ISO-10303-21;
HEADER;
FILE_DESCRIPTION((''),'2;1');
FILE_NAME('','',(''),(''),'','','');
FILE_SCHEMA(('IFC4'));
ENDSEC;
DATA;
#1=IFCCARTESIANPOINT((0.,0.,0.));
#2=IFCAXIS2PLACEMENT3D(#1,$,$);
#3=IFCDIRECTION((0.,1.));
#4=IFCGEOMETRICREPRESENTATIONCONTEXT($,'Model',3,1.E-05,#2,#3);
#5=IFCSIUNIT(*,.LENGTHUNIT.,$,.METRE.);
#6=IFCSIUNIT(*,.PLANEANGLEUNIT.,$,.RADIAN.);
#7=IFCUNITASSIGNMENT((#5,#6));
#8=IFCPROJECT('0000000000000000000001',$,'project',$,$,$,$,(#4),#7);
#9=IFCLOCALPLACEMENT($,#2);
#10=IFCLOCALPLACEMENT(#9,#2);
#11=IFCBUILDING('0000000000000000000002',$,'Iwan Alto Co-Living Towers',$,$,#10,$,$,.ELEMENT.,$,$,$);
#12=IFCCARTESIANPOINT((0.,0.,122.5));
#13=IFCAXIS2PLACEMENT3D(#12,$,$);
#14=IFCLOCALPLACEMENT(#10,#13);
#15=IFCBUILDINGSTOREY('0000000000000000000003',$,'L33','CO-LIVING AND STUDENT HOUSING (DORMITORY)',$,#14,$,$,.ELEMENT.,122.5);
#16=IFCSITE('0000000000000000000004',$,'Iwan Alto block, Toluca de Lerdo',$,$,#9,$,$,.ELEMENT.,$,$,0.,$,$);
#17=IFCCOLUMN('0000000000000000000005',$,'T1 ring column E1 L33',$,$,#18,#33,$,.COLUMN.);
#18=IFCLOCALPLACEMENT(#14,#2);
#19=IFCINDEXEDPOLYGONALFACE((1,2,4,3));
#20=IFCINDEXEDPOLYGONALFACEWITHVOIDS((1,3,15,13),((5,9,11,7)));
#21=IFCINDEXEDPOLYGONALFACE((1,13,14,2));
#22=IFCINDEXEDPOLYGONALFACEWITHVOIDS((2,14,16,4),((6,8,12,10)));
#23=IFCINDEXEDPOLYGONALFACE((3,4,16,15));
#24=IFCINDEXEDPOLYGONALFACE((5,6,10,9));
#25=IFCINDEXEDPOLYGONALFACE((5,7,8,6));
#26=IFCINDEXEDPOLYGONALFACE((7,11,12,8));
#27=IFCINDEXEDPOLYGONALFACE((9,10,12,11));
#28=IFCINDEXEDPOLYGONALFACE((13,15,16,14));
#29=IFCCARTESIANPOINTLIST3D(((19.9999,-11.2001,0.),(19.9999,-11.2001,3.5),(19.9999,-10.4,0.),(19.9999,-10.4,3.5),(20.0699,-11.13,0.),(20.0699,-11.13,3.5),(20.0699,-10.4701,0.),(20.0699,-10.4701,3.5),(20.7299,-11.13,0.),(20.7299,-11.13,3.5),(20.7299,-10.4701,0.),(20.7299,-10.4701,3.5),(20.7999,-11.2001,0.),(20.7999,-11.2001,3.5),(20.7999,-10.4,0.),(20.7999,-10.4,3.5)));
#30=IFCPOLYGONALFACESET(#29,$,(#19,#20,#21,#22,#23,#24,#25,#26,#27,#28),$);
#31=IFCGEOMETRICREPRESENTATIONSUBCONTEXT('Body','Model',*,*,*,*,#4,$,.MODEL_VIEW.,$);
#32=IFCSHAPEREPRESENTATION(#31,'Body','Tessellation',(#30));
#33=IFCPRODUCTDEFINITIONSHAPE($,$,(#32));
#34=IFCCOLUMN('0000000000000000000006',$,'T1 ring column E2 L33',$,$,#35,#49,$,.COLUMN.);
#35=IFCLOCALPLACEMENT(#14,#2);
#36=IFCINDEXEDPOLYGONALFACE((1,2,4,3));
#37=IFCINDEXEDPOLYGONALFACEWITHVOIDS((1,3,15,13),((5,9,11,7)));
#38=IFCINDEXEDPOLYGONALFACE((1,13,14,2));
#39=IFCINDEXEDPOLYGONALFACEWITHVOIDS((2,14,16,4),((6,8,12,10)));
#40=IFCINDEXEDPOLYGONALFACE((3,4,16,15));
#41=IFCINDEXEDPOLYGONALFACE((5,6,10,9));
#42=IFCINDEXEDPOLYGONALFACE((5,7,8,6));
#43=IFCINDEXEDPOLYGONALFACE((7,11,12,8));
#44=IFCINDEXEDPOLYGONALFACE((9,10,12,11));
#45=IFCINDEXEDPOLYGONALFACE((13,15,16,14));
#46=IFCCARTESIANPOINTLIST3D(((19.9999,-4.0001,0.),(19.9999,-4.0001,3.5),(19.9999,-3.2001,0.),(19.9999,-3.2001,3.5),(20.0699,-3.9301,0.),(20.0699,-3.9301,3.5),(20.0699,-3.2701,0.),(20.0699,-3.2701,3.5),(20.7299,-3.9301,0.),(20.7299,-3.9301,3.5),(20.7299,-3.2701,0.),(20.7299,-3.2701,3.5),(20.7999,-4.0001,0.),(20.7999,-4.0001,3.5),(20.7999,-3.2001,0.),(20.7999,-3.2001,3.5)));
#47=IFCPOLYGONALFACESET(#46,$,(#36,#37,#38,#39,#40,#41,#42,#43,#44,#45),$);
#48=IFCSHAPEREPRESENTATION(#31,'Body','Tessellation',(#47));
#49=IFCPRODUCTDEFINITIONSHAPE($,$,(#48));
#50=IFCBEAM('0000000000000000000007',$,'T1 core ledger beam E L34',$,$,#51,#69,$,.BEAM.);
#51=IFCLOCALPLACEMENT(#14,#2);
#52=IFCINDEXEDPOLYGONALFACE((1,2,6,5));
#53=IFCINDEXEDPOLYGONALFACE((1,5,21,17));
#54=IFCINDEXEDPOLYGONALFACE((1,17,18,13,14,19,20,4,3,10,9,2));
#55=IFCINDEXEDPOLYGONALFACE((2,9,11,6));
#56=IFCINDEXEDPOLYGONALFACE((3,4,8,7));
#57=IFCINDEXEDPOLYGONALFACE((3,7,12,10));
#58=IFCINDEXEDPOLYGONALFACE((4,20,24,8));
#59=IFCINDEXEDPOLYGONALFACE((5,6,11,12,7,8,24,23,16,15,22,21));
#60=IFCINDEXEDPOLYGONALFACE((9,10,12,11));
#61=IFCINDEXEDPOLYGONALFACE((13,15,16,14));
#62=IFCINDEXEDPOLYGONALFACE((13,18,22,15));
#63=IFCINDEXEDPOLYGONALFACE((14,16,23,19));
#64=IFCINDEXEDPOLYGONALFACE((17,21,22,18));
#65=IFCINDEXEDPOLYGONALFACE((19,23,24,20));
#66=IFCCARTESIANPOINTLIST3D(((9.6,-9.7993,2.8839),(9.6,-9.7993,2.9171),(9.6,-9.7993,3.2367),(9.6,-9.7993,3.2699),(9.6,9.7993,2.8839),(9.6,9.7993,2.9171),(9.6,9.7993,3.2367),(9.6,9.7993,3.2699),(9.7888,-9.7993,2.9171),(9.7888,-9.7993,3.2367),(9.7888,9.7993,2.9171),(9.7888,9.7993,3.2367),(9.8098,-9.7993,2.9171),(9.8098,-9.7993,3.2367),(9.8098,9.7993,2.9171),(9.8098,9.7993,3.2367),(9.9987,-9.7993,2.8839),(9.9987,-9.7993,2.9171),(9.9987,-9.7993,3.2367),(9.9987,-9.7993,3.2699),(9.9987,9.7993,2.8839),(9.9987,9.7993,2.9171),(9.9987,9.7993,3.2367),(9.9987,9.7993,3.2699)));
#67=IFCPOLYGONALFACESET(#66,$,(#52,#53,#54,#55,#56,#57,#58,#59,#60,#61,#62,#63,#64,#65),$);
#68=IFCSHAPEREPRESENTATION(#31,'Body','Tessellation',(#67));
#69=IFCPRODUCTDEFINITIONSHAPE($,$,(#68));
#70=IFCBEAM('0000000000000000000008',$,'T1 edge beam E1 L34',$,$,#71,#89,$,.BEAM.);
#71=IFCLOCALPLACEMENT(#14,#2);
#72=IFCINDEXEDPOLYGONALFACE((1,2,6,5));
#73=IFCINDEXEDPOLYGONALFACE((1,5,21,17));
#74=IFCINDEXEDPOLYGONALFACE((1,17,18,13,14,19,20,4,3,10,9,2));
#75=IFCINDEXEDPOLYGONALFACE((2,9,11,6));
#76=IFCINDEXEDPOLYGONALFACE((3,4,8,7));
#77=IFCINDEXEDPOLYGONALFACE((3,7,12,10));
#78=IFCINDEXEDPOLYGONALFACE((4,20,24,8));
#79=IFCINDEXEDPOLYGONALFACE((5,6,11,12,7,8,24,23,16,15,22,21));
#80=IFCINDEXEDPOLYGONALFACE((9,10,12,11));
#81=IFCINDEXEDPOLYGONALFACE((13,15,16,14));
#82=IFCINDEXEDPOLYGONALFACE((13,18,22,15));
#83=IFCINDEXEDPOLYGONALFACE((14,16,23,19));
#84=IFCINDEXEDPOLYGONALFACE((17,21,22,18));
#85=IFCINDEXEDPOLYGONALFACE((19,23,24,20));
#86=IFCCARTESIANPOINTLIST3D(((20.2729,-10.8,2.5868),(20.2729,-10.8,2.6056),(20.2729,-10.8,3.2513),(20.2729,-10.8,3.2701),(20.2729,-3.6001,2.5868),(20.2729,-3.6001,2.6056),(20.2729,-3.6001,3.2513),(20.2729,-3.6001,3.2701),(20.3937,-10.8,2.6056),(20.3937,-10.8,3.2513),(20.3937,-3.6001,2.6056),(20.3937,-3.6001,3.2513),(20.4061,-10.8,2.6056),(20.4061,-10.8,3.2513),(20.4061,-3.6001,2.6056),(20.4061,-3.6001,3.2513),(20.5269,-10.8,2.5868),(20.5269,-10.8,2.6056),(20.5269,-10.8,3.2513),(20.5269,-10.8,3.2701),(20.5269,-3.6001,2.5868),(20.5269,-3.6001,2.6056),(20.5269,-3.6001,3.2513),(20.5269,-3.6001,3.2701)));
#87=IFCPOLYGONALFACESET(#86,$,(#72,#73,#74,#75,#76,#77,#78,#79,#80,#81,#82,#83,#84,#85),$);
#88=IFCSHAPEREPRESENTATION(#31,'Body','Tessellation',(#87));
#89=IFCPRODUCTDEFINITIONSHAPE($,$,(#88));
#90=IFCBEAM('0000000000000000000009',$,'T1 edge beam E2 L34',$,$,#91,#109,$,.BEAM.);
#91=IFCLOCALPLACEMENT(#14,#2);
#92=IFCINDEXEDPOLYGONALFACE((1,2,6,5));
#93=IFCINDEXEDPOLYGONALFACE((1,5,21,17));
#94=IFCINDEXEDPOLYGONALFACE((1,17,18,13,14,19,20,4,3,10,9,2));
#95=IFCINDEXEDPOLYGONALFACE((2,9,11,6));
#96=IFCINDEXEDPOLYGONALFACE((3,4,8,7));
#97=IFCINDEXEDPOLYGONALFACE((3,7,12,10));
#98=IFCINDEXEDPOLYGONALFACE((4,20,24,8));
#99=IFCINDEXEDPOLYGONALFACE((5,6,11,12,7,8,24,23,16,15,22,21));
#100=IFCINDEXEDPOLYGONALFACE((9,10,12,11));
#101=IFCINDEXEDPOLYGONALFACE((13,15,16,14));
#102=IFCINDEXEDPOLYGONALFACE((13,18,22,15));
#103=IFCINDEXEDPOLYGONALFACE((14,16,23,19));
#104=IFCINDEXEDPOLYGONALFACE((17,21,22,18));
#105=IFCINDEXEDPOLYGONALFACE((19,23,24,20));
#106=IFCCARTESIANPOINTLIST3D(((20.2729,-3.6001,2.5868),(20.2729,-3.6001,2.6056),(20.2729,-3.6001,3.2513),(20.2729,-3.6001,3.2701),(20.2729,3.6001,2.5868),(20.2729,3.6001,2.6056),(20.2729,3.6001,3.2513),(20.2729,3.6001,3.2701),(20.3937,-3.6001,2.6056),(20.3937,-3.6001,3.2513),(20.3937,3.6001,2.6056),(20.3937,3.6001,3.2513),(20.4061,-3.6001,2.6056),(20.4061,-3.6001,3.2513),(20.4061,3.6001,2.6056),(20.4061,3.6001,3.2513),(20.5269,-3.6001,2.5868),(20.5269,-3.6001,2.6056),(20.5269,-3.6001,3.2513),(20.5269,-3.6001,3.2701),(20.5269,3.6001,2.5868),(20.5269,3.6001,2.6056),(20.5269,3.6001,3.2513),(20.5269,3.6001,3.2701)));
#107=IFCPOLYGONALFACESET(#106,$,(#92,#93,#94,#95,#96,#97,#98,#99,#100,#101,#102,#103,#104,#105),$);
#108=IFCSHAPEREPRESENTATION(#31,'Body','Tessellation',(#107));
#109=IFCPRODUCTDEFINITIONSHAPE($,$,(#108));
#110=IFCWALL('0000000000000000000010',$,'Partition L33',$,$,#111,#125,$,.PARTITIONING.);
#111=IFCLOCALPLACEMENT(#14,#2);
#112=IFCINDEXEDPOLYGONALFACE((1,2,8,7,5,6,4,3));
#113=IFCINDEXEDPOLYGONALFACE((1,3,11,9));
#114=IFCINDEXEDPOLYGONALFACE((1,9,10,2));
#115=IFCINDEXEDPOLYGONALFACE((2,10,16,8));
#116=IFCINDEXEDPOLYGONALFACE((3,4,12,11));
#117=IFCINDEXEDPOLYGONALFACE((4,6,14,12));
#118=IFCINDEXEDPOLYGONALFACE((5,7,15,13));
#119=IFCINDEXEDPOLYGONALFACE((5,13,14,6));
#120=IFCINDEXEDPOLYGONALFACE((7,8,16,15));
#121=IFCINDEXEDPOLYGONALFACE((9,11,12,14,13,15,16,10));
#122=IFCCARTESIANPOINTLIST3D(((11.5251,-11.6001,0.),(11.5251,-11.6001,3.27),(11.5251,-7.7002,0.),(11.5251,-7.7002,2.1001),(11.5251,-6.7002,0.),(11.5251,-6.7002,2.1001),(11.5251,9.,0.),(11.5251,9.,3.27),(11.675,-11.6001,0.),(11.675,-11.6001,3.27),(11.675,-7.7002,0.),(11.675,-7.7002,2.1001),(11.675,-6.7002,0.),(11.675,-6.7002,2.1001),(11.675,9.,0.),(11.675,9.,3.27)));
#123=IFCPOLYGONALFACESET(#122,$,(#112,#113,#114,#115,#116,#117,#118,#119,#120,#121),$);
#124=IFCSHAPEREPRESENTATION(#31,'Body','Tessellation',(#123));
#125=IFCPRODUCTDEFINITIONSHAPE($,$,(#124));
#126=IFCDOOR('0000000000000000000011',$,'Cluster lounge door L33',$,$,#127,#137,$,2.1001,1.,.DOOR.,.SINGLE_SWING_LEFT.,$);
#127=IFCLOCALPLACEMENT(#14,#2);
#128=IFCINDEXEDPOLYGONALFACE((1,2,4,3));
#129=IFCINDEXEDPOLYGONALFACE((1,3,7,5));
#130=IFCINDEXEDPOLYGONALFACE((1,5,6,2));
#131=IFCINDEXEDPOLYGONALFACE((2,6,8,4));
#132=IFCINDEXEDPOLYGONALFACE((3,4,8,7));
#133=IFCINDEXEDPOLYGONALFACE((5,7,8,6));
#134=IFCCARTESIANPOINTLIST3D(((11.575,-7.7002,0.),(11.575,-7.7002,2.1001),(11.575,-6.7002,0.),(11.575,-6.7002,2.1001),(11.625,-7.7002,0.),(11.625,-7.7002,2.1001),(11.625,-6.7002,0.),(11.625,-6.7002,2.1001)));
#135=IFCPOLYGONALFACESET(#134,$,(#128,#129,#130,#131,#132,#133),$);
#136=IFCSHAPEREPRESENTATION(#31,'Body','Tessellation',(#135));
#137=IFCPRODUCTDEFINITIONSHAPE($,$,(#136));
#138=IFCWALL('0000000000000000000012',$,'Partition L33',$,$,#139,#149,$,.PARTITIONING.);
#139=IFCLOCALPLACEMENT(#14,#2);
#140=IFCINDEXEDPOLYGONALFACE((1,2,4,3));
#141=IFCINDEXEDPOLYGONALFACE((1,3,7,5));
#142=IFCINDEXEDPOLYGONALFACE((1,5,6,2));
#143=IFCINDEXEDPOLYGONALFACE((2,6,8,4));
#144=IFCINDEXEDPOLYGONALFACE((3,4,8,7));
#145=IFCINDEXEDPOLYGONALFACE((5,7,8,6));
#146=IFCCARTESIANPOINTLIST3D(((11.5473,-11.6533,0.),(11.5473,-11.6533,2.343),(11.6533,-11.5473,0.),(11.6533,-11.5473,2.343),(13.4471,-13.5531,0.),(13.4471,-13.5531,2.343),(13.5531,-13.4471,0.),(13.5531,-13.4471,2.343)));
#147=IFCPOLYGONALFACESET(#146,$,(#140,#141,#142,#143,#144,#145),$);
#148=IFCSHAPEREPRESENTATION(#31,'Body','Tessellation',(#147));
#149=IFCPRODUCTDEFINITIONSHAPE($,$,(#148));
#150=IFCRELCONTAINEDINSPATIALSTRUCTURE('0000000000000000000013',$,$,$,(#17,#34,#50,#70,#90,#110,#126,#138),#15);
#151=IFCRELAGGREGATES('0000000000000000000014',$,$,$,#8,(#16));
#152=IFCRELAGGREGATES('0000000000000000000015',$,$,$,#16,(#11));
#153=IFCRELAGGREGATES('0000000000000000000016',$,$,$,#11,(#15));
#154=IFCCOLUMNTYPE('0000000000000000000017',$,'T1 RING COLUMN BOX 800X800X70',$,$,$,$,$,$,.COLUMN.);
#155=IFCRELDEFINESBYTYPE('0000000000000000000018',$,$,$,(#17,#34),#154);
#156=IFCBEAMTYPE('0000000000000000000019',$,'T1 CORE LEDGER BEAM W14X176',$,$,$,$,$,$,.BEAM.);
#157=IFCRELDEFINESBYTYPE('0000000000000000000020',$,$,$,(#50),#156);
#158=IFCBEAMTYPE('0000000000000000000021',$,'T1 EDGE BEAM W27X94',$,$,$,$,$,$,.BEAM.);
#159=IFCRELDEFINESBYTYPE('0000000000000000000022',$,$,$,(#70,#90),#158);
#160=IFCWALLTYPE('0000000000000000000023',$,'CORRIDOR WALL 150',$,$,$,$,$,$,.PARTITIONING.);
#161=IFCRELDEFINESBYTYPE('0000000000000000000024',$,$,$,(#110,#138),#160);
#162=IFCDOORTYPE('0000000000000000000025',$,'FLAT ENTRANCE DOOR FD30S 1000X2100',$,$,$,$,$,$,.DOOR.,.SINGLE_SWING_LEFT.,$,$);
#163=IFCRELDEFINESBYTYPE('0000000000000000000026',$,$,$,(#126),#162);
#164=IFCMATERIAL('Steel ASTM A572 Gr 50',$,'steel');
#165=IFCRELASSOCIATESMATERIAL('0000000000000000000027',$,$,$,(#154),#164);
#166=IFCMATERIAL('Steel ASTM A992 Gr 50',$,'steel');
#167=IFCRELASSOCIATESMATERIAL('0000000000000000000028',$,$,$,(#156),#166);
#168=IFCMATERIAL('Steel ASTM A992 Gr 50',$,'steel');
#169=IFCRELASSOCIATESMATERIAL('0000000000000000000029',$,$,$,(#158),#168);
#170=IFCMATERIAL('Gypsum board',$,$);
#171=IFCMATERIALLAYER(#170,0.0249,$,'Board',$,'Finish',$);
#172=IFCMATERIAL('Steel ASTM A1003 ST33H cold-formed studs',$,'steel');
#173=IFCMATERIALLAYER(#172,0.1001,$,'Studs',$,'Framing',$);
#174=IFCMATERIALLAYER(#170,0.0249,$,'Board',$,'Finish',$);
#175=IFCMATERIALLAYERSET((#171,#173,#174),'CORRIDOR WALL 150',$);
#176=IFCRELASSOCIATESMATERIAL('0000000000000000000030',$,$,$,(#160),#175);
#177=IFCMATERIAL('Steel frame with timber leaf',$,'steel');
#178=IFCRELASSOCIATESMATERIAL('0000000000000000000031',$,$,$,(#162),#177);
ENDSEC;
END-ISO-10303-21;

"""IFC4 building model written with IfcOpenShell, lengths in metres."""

from ifc_helpers import new_model, si_unit, direction, frame, frame_2d, origin, origin_2d, place, context, subcontext, project, spatial, rectangle, hollow_rectangle, i_section, extrude, material, layer, layer_set, material_profile, profile_set, type_object, element, fill, save


model = new_model("IFC4")

# Units and contexts
model_context = context("Model", 3, precision=1e-05, world=origin(), true_north=direction((0.0, 1.0)))
body_context = subcontext(model_context, "Body", "Model", "MODEL_VIEW")
ifc_project = project(units=[si_unit("LENGTHUNIT", "METRE"), si_unit("PLANEANGLEUNIT", "RADIAN")], contexts=[model_context])

# Site, building, storey
site_placement = place(None, origin())
site = spatial("IfcSite", under=ifc_project, at=site_placement, Name="Iwan Alto block, Toluca de Lerdo", CompositionType="ELEMENT", RefElevation=0.0)
building_placement = place(site_placement, origin())
building = spatial("IfcBuilding", under=site, at=building_placement, Name="Iwan Alto Co-Living Towers", CompositionType="ELEMENT")
storey_placement = place(building_placement, frame((0.0, 0.0, 122.5)))
storey = spatial("IfcBuildingStorey", under=building, at=storey_placement, Name="L33", Description="CO-LIVING AND STUDENT HOUSING (DORMITORY)", CompositionType="ELEMENT", Elevation=122.5)

# Columns
ifc_material_1 = material(Name="Steel ASTM A572 Gr 50", Category="steel")
ifc_material_profile_1 = material_profile(ifc_material_1, hollow_rectangle(XDim=0.8, YDim=0.8, WallThickness=0.0701, at=origin_2d()), Name="BOX 800X800X70")
ifc_profile_set_1 = profile_set([ifc_material_profile_1], Name="Steel ASTM A572 Gr 50")
column_type = type_object("IfcColumnType", Name="T1 RING COLUMN BOX 800X800X70", PredefinedType="COLUMN", material=ifc_profile_set_1)
for number, where, z_axis, x_axis, name in (
    (1, (20.3999, -10.8, 0.0), (0.0, 0.0, 1.0), (1.0, 0.0, 0.0), "T1 ring column E1 L33"),
    (2, (20.3999, -3.6001, 0.0), (0.0, 0.0, 1.0), (1.0, 0.0, 0.0), "T1 ring column E2 L33"),
):
    element("IfcColumn", number, at=place(storey_placement, frame(where, z_axis=z_axis, x_axis=x_axis)), inside=storey, type_object=column_type, Name=name, PredefinedType="COLUMN", context=body_context, shape_type="SweptSolid", body=[
        extrude(hollow_rectangle(XDim=0.8, YDim=0.8, WallThickness=0.0701, at=origin_2d()), origin(), (0.0, 0.0, 1.0), 3.5),
    ])

# Beams
ifc_material_2 = material(Name="Steel ASTM A992 Gr 50", Category="steel")
ifc_material_profile_2 = material_profile(ifc_material_2, i_section(OverallWidth=0.3987, OverallDepth=0.386, WebThickness=0.021, FlangeThickness=0.0332, at=origin_2d()), Name="W14X176")
ifc_profile_set_2 = profile_set([ifc_material_profile_2], Name="Steel ASTM A992 Gr 50")
beam_type_1 = type_object("IfcBeamType", Name="T1 CORE LEDGER BEAM W14X176", PredefinedType="BEAM", material=ifc_profile_set_2)
beam_1_placement = place(storey_placement, frame((9.7993, -9.7993, 3.0769), z_axis=(0.0, 1.0, 0.0), x_axis=(-1.0, 0.0, 0.0)))
element("IfcBeam", 3, at=beam_1_placement, inside=storey, type_object=beam_type_1, Name="T1 core ledger beam E L34", PredefinedType="BEAM", context=body_context, shape_type="SweptSolid", body=[
    extrude(i_section(OverallWidth=0.3987, OverallDepth=0.386, WebThickness=0.021, FlangeThickness=0.0332, at=origin_2d()), origin(), (0.0, 0.0, 1.0), 19.5986),
])
ifc_material_3 = material(Name="Steel ASTM A992 Gr 50", Category="steel")
ifc_material_profile_3 = material_profile(ifc_material_3, i_section(OverallWidth=0.2539, OverallDepth=0.6833, WebThickness=0.0125, FlangeThickness=0.0188, at=origin_2d()), Name="W27X94")
ifc_profile_set_3 = profile_set([ifc_material_profile_3], Name="Steel ASTM A992 Gr 50")
beam_type_2 = type_object("IfcBeamType", Name="T1 EDGE BEAM W27X94", PredefinedType="BEAM", material=ifc_profile_set_3)
beam_2_placement = place(storey_placement, frame((20.3999, -10.8, 2.9285), z_axis=(0.0, 1.0, 0.0), x_axis=(-1.0, 0.0, 0.0)))
element("IfcBeam", 4, at=beam_2_placement, inside=storey, type_object=beam_type_2, Name="T1 edge beam E1 L34", PredefinedType="BEAM", context=body_context, shape_type="SweptSolid", body=[
    extrude(i_section(OverallWidth=0.2539, OverallDepth=0.6833, WebThickness=0.0125, FlangeThickness=0.0188, at=origin_2d()), origin(), (0.0, 0.0, 1.0), 7.2),
])
beam_3_placement = place(storey_placement, frame((20.3999, -3.6001, 2.9285), z_axis=(0.0, 1.0, 0.0), x_axis=(-1.0, 0.0, 0.0)))
element("IfcBeam", 5, at=beam_3_placement, inside=storey, type_object=beam_type_2, Name="T1 edge beam E2 L34", PredefinedType="BEAM", context=body_context, shape_type="SweptSolid", body=[
    extrude(i_section(OverallWidth=0.2539, OverallDepth=0.6833, WebThickness=0.0125, FlangeThickness=0.0188, at=origin_2d()), origin(), (0.0, 0.0, 1.0), 7.2002),
])

# Wall, opening, door
ifc_material_4 = material(Name="Gypsum board")
ifc_layer_1 = layer(ifc_material_4, 0.0249, Name="Board", Category="Finish")
ifc_material_5 = material(Name="Steel ASTM A1003 ST33H cold-formed studs", Category="steel")
ifc_layer_2 = layer(ifc_material_5, 0.1001, Name="Studs", Category="Framing")
ifc_layer_3 = layer(ifc_material_4, 0.0249, Name="Board", Category="Finish")
ifc_layer_set_1 = layer_set([ifc_layer_1, ifc_layer_2, ifc_layer_3], Name="CORRIDOR WALL 150")
wall_type_1 = type_object("IfcWallType", Name="CORRIDOR WALL 150", PredefinedType="PARTITIONING", material=ifc_layer_set_1)
wall_1_placement = place(storey_placement, frame((11.6001, -11.6001, 0.0), z_axis=(0.0, 0.0, 1.0), x_axis=(0.0, 1.0, 0.0)))
wall_1 = element("IfcWall", 6, at=wall_1_placement, inside=storey, type_object=wall_type_1, Name="Partition L33", PredefinedType="PARTITIONING", context=body_context, shape_type="SweptSolid", body=[
    extrude(rectangle(XDim=20.6001, YDim=0.1499, at=frame_2d((10.3, 0.0))), origin(), (0.0, 0.0, 1.0), 3.27),
])
opening_1_placement = place(wall_1_placement, frame((3.8999, 0.0, 0.0)))
opening_1 = element("IfcOpeningElement", 7, at=opening_1_placement, cuts=wall_1, PredefinedType="OPENING", context=body_context, shape_type="SweptSolid", body=[
    extrude(rectangle(XDim=1.0, YDim=2.1001, at=frame_2d((0.5, 1.05))), frame((0.0, 0.085, 0.0), z_axis=(0.0, -1.0, 0.0), x_axis=(1.0, 0.0, 0.0)), (0.0, 0.0, 1.0), 0.1699),
])
ifc_material_6 = material(Name="Steel frame with timber leaf", Category="steel")
door_type_1 = type_object("IfcDoorType", Name="FLAT ENTRANCE DOOR FD30S 1000X2100", OperationType="SINGLE_SWING_LEFT", PredefinedType="DOOR", material=ifc_material_6)
door_1_placement = place(opening_1_placement, frame((1.0, 0.0, 0.0), z_axis=(0.0, 0.0, 1.0), x_axis=(-1.0, 0.0, 0.0)))
door_1 = element("IfcDoor", 8, at=door_1_placement, inside=storey, type_object=door_type_1, Name="Cluster lounge door L33", OperationType="SINGLE_SWING_LEFT", OverallHeight=2.1001, OverallWidth=1.0, PredefinedType="DOOR", context=body_context, shape_type="SweptSolid", body=[
    extrude(rectangle(XDim=1.0, YDim=2.1001, at=frame_2d((0.5, 1.05))), frame((0.0, 0.0249, 0.0), z_axis=(0.0, -1.0, 0.0), x_axis=(1.0, 0.0, 0.0)), (0.0, 0.0, 1.0), 0.05),
])
fill(opening_1, door_1)

# Wall
wall_2_placement = place(storey_placement, frame((13.5, -13.5, 0.0), z_axis=(0.0, 0.0, 1.0), x_axis=(-0.707107, 0.707107, 0.0)))
element("IfcWall", 9, at=wall_2_placement, inside=storey, type_object=wall_type_1, Name="Partition L33", PredefinedType="PARTITIONING", context=body_context, shape_type="SweptSolid", body=[
    extrude(rectangle(XDim=2.6868, YDim=0.1499, at=frame_2d((1.3433, 0.0))), origin(), (0.0, 0.0, 1.0), 2.343),
])

save(model, "model.ifc")
